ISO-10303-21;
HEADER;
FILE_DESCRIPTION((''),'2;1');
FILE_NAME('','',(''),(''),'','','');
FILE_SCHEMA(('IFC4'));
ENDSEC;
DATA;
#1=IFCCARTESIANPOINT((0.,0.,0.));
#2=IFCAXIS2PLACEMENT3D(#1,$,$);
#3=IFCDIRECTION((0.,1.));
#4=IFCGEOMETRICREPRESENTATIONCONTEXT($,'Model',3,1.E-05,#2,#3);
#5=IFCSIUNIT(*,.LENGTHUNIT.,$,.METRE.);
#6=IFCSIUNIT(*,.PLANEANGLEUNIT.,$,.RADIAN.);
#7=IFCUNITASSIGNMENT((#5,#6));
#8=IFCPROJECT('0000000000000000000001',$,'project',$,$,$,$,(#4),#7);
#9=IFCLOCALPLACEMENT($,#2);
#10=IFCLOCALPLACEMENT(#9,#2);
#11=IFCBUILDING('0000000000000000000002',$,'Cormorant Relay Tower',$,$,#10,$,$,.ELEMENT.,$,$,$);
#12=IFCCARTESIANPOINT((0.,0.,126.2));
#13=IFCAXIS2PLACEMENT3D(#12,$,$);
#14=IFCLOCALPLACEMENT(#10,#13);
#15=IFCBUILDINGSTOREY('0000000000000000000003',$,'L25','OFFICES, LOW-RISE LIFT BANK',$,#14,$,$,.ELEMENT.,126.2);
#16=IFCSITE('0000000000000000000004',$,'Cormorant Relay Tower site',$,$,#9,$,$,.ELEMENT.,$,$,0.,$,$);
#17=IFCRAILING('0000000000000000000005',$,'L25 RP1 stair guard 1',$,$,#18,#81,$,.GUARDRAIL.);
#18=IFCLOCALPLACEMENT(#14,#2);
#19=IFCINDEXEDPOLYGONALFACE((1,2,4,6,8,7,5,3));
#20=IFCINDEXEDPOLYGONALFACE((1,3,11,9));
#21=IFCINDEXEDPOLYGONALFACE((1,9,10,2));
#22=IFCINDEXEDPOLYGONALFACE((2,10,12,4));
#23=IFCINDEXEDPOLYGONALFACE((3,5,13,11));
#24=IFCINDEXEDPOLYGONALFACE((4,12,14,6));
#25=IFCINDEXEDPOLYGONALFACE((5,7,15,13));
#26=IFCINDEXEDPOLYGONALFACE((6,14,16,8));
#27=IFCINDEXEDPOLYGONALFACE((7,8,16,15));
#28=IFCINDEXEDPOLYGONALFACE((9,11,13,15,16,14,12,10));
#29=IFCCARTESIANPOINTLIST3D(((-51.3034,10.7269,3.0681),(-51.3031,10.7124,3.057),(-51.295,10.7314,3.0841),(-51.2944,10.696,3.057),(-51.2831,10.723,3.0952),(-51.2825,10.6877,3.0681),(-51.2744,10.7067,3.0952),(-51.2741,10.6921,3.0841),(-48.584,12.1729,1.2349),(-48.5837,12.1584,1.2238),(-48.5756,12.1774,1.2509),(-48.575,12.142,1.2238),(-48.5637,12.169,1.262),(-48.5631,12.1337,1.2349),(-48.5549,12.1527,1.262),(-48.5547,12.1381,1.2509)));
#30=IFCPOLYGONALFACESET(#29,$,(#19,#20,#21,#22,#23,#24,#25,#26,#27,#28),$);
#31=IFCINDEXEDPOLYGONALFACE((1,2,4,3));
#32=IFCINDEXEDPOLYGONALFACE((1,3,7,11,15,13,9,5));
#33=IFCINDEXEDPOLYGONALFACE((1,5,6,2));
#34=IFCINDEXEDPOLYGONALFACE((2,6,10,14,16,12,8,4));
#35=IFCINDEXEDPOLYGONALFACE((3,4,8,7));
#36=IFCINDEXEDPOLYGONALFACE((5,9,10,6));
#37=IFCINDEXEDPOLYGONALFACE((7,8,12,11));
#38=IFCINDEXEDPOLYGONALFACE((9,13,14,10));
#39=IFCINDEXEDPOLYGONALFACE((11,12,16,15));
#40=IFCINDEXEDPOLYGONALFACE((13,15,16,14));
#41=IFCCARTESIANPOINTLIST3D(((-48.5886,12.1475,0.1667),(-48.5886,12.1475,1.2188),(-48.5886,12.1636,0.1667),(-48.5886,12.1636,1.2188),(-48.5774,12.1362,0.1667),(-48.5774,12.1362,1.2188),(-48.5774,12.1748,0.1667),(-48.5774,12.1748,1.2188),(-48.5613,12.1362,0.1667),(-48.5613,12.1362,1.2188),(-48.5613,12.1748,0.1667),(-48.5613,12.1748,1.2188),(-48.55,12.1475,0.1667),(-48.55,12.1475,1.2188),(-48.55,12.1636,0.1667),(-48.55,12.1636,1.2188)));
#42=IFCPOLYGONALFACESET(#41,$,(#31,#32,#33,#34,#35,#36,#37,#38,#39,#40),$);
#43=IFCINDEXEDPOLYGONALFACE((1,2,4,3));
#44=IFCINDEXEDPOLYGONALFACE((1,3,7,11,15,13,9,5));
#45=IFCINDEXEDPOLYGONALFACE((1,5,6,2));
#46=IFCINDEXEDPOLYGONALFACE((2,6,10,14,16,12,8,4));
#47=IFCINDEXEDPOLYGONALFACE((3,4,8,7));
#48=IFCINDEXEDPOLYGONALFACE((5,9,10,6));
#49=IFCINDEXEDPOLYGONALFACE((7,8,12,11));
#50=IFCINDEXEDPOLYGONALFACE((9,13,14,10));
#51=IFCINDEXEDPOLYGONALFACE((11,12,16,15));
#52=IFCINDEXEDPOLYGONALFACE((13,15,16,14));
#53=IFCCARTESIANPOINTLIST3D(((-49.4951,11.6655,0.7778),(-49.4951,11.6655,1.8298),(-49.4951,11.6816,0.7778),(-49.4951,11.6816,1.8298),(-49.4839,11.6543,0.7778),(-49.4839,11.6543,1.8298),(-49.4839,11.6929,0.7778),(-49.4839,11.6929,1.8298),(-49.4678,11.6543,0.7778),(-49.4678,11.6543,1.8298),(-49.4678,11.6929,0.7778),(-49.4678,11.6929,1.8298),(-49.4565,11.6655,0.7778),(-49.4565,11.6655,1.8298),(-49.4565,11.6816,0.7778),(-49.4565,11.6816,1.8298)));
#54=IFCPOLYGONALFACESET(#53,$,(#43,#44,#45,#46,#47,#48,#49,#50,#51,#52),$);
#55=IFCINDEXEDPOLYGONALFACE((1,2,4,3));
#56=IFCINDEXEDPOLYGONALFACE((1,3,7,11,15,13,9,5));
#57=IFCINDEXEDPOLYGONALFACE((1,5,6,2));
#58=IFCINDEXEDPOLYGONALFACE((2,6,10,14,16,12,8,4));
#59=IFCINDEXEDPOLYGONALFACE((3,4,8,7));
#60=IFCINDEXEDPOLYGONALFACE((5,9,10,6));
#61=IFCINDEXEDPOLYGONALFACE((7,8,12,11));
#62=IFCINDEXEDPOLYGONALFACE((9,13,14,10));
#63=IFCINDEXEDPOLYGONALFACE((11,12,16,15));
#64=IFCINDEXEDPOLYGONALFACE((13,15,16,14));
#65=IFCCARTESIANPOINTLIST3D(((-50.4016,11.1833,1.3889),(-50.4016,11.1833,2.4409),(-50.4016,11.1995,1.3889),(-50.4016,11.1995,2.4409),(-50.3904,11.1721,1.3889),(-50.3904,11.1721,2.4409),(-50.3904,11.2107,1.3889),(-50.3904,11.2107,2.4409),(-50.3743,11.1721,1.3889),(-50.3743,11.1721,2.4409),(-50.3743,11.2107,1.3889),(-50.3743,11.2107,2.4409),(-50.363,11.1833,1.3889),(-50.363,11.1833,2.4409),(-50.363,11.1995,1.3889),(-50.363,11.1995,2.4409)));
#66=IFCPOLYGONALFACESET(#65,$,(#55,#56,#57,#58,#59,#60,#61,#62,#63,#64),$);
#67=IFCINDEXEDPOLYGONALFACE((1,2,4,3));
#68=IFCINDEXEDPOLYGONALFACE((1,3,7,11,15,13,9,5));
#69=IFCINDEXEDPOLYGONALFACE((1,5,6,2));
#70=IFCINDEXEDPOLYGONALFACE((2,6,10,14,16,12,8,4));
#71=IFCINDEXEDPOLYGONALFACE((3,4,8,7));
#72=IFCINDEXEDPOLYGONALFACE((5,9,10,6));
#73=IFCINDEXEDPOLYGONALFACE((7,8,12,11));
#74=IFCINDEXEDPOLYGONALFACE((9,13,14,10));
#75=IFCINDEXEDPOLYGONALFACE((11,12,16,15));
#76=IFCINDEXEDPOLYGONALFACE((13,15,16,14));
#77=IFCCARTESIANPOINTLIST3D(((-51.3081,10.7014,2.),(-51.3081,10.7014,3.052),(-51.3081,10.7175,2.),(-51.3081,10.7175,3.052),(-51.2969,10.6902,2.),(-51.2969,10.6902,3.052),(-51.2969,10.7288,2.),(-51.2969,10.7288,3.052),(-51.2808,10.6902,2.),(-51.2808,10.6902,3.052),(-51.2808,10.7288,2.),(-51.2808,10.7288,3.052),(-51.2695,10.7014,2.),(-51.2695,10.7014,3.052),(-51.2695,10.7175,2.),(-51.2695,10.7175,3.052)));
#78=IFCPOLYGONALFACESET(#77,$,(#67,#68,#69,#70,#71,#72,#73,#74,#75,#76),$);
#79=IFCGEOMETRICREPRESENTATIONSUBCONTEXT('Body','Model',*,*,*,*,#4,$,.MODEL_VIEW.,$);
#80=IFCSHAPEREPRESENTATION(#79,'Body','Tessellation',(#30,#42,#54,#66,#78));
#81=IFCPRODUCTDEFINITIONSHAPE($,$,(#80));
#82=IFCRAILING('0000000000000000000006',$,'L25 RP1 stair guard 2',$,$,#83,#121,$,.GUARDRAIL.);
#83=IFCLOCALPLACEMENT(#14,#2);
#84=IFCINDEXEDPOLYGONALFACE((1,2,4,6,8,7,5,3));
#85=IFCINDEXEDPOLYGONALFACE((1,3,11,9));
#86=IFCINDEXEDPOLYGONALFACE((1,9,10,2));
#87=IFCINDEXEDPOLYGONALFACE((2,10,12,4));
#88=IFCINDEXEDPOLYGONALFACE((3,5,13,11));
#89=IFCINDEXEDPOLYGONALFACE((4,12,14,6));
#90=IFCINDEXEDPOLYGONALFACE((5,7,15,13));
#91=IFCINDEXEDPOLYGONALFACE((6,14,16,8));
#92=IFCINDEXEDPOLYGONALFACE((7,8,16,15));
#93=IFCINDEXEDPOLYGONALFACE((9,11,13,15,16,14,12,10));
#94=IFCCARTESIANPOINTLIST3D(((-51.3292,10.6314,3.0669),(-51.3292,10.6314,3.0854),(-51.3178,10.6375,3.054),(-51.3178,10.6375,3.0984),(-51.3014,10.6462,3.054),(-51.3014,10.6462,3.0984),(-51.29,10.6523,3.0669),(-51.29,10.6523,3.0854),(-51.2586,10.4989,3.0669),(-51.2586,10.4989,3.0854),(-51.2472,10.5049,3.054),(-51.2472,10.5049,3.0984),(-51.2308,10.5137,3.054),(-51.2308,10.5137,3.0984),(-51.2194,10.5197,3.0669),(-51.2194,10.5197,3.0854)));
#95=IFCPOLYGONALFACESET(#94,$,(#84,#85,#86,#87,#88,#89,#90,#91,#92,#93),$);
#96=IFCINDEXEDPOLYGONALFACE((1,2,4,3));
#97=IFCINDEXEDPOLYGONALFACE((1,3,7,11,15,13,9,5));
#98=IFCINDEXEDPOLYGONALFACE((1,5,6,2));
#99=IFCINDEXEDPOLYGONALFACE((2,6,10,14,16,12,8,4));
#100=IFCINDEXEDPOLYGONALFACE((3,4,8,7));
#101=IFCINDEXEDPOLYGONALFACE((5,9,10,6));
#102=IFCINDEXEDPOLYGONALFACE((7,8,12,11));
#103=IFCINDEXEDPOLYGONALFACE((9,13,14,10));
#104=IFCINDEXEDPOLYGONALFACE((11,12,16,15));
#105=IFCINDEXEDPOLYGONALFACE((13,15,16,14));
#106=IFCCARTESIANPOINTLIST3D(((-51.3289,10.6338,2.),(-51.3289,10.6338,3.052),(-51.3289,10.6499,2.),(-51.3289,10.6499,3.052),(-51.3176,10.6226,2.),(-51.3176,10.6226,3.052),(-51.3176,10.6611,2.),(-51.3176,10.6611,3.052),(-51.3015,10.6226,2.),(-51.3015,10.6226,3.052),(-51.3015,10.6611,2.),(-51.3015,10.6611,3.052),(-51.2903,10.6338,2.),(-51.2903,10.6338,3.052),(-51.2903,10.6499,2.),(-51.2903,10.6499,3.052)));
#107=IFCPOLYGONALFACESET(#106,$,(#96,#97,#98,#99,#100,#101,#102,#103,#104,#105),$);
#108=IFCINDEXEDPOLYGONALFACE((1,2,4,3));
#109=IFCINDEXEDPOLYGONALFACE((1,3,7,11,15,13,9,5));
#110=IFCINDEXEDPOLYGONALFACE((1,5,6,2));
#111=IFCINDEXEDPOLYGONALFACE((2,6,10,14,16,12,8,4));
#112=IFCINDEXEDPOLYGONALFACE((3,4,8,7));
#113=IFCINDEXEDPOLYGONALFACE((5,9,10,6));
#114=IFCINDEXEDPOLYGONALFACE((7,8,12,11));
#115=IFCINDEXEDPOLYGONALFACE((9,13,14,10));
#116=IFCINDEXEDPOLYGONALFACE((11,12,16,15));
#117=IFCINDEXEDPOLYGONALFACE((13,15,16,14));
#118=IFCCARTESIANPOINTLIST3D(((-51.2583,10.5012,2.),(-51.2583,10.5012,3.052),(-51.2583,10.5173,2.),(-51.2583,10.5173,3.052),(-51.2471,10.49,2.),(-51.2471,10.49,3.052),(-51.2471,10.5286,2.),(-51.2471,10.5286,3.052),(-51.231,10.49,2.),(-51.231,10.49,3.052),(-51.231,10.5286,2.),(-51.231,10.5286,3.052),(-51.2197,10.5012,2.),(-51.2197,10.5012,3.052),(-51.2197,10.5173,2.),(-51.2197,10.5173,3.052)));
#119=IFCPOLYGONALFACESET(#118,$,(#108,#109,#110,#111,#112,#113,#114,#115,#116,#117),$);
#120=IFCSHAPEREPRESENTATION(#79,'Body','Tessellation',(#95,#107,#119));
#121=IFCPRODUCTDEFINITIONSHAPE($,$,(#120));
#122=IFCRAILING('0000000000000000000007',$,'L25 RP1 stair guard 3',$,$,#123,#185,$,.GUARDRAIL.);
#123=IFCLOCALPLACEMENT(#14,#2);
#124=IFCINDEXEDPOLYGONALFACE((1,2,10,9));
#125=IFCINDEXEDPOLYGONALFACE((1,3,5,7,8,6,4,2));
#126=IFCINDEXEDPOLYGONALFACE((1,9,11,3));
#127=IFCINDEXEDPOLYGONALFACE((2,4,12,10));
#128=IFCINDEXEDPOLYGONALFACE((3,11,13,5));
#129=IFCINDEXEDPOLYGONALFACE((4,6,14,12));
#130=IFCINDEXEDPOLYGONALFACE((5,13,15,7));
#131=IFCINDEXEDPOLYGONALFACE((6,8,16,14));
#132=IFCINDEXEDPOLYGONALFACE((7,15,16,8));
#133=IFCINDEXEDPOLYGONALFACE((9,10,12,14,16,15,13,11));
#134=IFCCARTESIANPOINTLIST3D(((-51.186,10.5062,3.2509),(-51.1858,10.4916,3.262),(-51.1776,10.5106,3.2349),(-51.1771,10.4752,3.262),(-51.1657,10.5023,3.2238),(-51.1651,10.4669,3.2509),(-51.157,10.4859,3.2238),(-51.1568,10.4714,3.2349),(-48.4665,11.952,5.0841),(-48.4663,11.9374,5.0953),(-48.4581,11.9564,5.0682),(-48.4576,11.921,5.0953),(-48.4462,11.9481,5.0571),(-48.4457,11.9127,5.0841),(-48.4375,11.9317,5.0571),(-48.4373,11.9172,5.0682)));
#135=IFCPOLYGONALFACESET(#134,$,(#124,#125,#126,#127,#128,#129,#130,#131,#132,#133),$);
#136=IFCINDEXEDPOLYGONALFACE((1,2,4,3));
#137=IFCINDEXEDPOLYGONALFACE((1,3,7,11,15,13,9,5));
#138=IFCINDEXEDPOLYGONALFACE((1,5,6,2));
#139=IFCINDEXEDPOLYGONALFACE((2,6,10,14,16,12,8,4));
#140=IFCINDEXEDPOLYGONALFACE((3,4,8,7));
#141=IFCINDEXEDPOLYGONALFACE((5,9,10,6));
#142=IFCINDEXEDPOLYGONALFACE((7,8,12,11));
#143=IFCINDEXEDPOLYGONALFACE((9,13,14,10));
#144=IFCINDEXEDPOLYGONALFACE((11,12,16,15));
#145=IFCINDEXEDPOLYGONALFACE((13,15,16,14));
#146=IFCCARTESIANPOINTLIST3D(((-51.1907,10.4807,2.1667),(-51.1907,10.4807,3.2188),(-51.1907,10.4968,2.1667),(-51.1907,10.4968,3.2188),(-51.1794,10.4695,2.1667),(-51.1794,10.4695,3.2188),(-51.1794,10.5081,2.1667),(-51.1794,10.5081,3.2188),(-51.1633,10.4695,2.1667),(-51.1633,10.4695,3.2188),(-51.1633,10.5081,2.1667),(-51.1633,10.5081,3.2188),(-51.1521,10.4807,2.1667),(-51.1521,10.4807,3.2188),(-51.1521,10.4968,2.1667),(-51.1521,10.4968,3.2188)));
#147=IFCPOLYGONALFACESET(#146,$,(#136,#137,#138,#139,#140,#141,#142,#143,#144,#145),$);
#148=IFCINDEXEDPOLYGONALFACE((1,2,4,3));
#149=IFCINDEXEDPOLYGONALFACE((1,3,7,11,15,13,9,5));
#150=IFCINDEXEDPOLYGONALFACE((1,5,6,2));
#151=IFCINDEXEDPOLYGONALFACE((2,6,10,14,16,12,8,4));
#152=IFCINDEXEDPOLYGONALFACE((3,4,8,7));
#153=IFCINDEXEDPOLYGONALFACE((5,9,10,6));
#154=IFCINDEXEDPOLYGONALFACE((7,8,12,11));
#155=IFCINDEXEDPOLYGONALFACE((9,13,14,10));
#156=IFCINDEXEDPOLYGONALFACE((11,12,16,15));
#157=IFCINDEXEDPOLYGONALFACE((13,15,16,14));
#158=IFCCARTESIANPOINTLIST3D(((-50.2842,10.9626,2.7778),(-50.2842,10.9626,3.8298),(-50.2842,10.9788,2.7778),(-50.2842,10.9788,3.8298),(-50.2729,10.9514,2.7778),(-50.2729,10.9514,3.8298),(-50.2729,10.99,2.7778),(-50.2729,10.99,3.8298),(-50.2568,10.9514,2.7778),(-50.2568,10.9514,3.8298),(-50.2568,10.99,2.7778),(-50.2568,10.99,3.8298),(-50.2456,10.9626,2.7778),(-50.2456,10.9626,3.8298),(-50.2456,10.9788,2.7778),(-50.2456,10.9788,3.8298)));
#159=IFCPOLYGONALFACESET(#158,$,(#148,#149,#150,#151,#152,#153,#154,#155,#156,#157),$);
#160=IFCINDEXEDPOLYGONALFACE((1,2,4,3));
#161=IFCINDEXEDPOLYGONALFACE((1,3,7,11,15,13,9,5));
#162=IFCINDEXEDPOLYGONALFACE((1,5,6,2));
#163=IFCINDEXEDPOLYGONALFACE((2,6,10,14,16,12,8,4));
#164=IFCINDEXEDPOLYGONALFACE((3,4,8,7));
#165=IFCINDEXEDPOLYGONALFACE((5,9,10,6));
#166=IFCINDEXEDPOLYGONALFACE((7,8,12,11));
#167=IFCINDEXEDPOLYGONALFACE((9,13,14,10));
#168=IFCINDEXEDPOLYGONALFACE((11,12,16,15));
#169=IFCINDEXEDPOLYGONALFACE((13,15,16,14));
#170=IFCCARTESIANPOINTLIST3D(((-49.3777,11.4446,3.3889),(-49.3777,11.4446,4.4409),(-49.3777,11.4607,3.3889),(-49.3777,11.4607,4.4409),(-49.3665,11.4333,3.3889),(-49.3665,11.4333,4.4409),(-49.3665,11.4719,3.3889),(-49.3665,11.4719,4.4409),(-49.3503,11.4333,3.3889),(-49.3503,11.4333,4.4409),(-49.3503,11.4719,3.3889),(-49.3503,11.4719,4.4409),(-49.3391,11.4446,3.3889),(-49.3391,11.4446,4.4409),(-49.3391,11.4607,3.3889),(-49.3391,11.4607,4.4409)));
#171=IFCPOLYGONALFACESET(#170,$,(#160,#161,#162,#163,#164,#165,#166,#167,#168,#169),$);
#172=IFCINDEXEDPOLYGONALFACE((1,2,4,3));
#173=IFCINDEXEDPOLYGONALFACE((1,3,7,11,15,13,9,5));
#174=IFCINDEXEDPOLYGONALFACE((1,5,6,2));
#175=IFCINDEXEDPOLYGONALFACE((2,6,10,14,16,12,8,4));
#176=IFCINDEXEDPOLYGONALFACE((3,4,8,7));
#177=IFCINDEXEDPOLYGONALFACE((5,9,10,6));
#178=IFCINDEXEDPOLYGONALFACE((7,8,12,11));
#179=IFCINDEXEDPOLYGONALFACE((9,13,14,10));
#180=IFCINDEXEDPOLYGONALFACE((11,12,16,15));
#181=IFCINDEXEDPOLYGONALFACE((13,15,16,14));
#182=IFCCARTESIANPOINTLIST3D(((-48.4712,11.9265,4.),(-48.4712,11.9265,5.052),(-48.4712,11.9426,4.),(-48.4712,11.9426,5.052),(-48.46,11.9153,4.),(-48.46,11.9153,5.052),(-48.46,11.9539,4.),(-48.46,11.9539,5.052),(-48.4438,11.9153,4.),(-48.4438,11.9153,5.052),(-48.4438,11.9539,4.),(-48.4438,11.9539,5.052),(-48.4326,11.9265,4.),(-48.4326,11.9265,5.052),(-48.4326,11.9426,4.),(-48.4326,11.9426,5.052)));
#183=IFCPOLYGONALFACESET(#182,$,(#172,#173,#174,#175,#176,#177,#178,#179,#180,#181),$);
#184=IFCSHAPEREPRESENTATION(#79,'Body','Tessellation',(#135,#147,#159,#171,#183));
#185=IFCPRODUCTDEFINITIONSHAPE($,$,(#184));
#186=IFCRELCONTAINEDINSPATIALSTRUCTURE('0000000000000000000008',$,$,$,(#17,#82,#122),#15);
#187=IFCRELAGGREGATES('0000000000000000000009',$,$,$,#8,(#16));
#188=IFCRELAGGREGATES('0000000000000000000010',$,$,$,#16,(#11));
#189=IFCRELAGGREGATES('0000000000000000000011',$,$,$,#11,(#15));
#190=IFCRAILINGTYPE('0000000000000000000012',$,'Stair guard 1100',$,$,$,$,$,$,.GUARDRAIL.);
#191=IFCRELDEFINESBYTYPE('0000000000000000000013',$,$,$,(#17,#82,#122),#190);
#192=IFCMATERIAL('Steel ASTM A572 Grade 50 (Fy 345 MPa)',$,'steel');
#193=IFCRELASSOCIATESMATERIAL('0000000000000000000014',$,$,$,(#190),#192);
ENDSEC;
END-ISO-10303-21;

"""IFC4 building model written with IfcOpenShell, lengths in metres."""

from ifc_helpers import new_model, si_unit, direction, frame, origin, place, context, subcontext, project, spatial, polyline, outline, extrude, material, type_object, element, save


model = new_model("IFC4")

# Units and contexts
model_context = context("Model", 3, precision=1e-05, world=origin(), true_north=direction((0.0, 1.0)))
body_context = subcontext(model_context, "Body", "Model", "MODEL_VIEW")
ifc_project = project(units=[si_unit("LENGTHUNIT", "METRE"), si_unit("PLANEANGLEUNIT", "RADIAN")], contexts=[model_context])

# Site, building, storey
site_placement = place(None, origin())
site = spatial("IfcSite", under=ifc_project, at=site_placement, Name="Cormorant Relay Tower site", CompositionType="ELEMENT", RefElevation=0.0)
building_placement = place(site_placement, origin())
building = spatial("IfcBuilding", under=site, at=building_placement, Name="Cormorant Relay Tower", CompositionType="ELEMENT")
storey_placement = place(building_placement, frame((0.0, 0.0, 126.2)))
storey = spatial("IfcBuildingStorey", under=building, at=storey_placement, Name="L25", Description="OFFICES, LOW-RISE LIFT BANK", CompositionType="ELEMENT", Elevation=126.2)

# Railings
ifc_material_1 = material(Name="Steel ASTM A572 Grade 50 (Fy 345 MPa)", Category="steel")
railing_type_1 = type_object("IfcRailingType", Name="Stair guard 1100", PredefinedType="GUARDRAIL", material=ifc_material_1)
railing_1_placement = place(storey_placement, frame((-48.5693, 12.1555, 0.1667)))
element("IfcRailing", 1, at=railing_1_placement, inside=storey, type_object=railing_type_1, Name="L25 RP1 stair guard 1", PredefinedType="GUARDRAIL", context=body_context, shape_type="SweptSolid", body=[
    extrude(outline(polyline([(0.0222, 0.0093), (0.0093, 0.0222), (-0.0093, 0.0222), (-0.0222, 0.0093), (-0.0222, -0.0093), (-0.0093, -0.0222), (0.0093, -0.0222), (0.0222, -0.0093), (0.0222, 0.0093)])), frame((0.0, 0.0, 1.0762), z_axis=(-0.758714, -0.403435, 0.511463), x_axis=(0.469489, -0.882938, 0.0)), (0.0, 0.0, 1.0), 3.5842),
    extrude(outline(polyline([(0.0193, 0.0081), (0.0081, 0.0193), (-0.0081, 0.0193), (-0.0193, 0.0081), (-0.0193, -0.0081), (-0.0081, -0.0193), (0.0081, -0.0193), (0.0193, -0.0081), (0.0193, 0.0081)])), origin(), (0.0, 0.0, 1.0), 1.052),
    extrude(outline(polyline([(0.0193, 0.0081), (0.0081, 0.0193), (-0.0081, 0.0193), (-0.0193, 0.0081), (-0.0193, -0.0081), (-0.0081, -0.0193), (0.0081, -0.0193), (0.0193, -0.0081), (0.0193, 0.0081)])), frame((-0.9065, -0.4819, 0.6111)), (0.0, 0.0, 1.0), 1.052),
    extrude(outline(polyline([(0.0193, 0.0081), (0.0081, 0.0193), (-0.0081, 0.0193), (-0.0193, 0.0081), (-0.0193, -0.0081), (-0.0081, -0.0193), (0.0081, -0.0193), (0.0193, -0.0081), (0.0193, 0.0081)])), frame((-1.813, -0.9641, 1.2222)), (0.0, 0.0, 1.0), 1.052),
    extrude(outline(polyline([(0.0193, 0.0081), (0.0081, 0.0193), (-0.0081, 0.0193), (-0.0193, 0.0081), (-0.0193, -0.0081), (-0.0081, -0.0193), (0.0081, -0.0193), (0.0193, -0.0081), (0.0193, 0.0081)])), frame((-2.7195, -1.446, 1.8333)), (0.0, 0.0, 1.0), 1.052),
])
railing_2_placement = place(storey_placement, frame((-51.3096, 10.6418, 2.0)))
element("IfcRailing", 2, at=railing_2_placement, inside=storey, type_object=railing_type_1, Name="L25 RP1 stair guard 2", PredefinedType="GUARDRAIL", context=body_context, shape_type="SweptSolid", body=[
    extrude(outline(polyline([(0.0222, 0.0093), (0.0093, 0.0222), (-0.0093, 0.0222), (-0.0222, 0.0093), (-0.0222, -0.0093), (-0.0093, -0.0222), (0.0093, -0.0222), (0.0222, -0.0093), (0.0222, 0.0093)])), frame((0.0, 0.0, 1.0762), z_axis=(0.469829, -0.882758, 0.0), x_axis=(0.882758, 0.469829, 0.0)), (0.0, 0.0, 1.0), 0.1501),
    extrude(outline(polyline([(0.0193, 0.0081), (0.0081, 0.0193), (-0.0081, 0.0193), (-0.0193, 0.0081), (-0.0193, -0.0081), (-0.0081, -0.0193), (0.0081, -0.0193), (0.0193, -0.0081), (0.0193, 0.0081)])), origin(), (0.0, 0.0, 1.0), 1.052),
    extrude(outline(polyline([(0.0193, 0.0081), (0.0081, 0.0193), (-0.0081, 0.0193), (-0.0193, 0.0081), (-0.0193, -0.0081), (-0.0081, -0.0193), (0.0081, -0.0193), (0.0193, -0.0081), (0.0193, 0.0081)])), frame((0.0706, -0.1326, 0.0)), (0.0, 0.0, 1.0), 1.052),
])
railing_3_placement = place(storey_placement, frame((-51.1714, 10.4888, 2.1667)))
element("IfcRailing", 3, at=railing_3_placement, inside=storey, type_object=railing_type_1, Name="L25 RP1 stair guard 3", PredefinedType="GUARDRAIL", context=body_context, shape_type="SweptSolid", body=[
    extrude(outline(polyline([(0.0222, 0.0093), (0.0093, 0.0222), (-0.0093, 0.0222), (-0.0222, 0.0093), (-0.0222, -0.0093), (-0.0093, -0.0222), (0.0093, -0.0222), (0.0222, -0.0093), (0.0222, 0.0093)])), frame((0.0, 0.0, 1.0762), z_axis=(0.758735, 0.403378, 0.511477), x_axis=(-0.469428, 0.882971, 0.0)), (0.0, 0.0, 1.0), 3.5842),
    extrude(outline(polyline([(0.0193, 0.0081), (0.0081, 0.0193), (-0.0081, 0.0193), (-0.0193, 0.0081), (-0.0193, -0.0081), (-0.0081, -0.0193), (0.0081, -0.0193), (0.0193, -0.0081), (0.0193, 0.0081)])), origin(), (0.0, 0.0, 1.0), 1.052),
    extrude(outline(polyline([(0.0193, 0.0081), (0.0081, 0.0193), (-0.0081, 0.0193), (-0.0193, 0.0081), (-0.0193, -0.0081), (-0.0081, -0.0193), (0.0081, -0.0193), (0.0193, -0.0081), (0.0193, 0.0081)])), frame((0.9065, 0.4819, 0.6111)), (0.0, 0.0, 1.0), 1.052),
    extrude(outline(polyline([(0.0193, 0.0081), (0.0081, 0.0193), (-0.0081, 0.0193), (-0.0193, 0.0081), (-0.0193, -0.0081), (-0.0081, -0.0193), (0.0081, -0.0193), (0.0193, -0.0081), (0.0193, 0.0081)])), frame((1.813, 0.9639, 1.2222)), (0.0, 0.0, 1.0), 1.052),
    extrude(outline(polyline([(0.0193, 0.0081), (0.0081, 0.0193), (-0.0081, 0.0193), (-0.0193, 0.0081), (-0.0193, -0.0081), (-0.0081, -0.0193), (0.0081, -0.0193), (0.0193, -0.0081), (0.0193, 0.0081)])), frame((2.7195, 1.4458, 1.8333)), (0.0, 0.0, 1.0), 1.052),
])

save(model, "model.ifc")
